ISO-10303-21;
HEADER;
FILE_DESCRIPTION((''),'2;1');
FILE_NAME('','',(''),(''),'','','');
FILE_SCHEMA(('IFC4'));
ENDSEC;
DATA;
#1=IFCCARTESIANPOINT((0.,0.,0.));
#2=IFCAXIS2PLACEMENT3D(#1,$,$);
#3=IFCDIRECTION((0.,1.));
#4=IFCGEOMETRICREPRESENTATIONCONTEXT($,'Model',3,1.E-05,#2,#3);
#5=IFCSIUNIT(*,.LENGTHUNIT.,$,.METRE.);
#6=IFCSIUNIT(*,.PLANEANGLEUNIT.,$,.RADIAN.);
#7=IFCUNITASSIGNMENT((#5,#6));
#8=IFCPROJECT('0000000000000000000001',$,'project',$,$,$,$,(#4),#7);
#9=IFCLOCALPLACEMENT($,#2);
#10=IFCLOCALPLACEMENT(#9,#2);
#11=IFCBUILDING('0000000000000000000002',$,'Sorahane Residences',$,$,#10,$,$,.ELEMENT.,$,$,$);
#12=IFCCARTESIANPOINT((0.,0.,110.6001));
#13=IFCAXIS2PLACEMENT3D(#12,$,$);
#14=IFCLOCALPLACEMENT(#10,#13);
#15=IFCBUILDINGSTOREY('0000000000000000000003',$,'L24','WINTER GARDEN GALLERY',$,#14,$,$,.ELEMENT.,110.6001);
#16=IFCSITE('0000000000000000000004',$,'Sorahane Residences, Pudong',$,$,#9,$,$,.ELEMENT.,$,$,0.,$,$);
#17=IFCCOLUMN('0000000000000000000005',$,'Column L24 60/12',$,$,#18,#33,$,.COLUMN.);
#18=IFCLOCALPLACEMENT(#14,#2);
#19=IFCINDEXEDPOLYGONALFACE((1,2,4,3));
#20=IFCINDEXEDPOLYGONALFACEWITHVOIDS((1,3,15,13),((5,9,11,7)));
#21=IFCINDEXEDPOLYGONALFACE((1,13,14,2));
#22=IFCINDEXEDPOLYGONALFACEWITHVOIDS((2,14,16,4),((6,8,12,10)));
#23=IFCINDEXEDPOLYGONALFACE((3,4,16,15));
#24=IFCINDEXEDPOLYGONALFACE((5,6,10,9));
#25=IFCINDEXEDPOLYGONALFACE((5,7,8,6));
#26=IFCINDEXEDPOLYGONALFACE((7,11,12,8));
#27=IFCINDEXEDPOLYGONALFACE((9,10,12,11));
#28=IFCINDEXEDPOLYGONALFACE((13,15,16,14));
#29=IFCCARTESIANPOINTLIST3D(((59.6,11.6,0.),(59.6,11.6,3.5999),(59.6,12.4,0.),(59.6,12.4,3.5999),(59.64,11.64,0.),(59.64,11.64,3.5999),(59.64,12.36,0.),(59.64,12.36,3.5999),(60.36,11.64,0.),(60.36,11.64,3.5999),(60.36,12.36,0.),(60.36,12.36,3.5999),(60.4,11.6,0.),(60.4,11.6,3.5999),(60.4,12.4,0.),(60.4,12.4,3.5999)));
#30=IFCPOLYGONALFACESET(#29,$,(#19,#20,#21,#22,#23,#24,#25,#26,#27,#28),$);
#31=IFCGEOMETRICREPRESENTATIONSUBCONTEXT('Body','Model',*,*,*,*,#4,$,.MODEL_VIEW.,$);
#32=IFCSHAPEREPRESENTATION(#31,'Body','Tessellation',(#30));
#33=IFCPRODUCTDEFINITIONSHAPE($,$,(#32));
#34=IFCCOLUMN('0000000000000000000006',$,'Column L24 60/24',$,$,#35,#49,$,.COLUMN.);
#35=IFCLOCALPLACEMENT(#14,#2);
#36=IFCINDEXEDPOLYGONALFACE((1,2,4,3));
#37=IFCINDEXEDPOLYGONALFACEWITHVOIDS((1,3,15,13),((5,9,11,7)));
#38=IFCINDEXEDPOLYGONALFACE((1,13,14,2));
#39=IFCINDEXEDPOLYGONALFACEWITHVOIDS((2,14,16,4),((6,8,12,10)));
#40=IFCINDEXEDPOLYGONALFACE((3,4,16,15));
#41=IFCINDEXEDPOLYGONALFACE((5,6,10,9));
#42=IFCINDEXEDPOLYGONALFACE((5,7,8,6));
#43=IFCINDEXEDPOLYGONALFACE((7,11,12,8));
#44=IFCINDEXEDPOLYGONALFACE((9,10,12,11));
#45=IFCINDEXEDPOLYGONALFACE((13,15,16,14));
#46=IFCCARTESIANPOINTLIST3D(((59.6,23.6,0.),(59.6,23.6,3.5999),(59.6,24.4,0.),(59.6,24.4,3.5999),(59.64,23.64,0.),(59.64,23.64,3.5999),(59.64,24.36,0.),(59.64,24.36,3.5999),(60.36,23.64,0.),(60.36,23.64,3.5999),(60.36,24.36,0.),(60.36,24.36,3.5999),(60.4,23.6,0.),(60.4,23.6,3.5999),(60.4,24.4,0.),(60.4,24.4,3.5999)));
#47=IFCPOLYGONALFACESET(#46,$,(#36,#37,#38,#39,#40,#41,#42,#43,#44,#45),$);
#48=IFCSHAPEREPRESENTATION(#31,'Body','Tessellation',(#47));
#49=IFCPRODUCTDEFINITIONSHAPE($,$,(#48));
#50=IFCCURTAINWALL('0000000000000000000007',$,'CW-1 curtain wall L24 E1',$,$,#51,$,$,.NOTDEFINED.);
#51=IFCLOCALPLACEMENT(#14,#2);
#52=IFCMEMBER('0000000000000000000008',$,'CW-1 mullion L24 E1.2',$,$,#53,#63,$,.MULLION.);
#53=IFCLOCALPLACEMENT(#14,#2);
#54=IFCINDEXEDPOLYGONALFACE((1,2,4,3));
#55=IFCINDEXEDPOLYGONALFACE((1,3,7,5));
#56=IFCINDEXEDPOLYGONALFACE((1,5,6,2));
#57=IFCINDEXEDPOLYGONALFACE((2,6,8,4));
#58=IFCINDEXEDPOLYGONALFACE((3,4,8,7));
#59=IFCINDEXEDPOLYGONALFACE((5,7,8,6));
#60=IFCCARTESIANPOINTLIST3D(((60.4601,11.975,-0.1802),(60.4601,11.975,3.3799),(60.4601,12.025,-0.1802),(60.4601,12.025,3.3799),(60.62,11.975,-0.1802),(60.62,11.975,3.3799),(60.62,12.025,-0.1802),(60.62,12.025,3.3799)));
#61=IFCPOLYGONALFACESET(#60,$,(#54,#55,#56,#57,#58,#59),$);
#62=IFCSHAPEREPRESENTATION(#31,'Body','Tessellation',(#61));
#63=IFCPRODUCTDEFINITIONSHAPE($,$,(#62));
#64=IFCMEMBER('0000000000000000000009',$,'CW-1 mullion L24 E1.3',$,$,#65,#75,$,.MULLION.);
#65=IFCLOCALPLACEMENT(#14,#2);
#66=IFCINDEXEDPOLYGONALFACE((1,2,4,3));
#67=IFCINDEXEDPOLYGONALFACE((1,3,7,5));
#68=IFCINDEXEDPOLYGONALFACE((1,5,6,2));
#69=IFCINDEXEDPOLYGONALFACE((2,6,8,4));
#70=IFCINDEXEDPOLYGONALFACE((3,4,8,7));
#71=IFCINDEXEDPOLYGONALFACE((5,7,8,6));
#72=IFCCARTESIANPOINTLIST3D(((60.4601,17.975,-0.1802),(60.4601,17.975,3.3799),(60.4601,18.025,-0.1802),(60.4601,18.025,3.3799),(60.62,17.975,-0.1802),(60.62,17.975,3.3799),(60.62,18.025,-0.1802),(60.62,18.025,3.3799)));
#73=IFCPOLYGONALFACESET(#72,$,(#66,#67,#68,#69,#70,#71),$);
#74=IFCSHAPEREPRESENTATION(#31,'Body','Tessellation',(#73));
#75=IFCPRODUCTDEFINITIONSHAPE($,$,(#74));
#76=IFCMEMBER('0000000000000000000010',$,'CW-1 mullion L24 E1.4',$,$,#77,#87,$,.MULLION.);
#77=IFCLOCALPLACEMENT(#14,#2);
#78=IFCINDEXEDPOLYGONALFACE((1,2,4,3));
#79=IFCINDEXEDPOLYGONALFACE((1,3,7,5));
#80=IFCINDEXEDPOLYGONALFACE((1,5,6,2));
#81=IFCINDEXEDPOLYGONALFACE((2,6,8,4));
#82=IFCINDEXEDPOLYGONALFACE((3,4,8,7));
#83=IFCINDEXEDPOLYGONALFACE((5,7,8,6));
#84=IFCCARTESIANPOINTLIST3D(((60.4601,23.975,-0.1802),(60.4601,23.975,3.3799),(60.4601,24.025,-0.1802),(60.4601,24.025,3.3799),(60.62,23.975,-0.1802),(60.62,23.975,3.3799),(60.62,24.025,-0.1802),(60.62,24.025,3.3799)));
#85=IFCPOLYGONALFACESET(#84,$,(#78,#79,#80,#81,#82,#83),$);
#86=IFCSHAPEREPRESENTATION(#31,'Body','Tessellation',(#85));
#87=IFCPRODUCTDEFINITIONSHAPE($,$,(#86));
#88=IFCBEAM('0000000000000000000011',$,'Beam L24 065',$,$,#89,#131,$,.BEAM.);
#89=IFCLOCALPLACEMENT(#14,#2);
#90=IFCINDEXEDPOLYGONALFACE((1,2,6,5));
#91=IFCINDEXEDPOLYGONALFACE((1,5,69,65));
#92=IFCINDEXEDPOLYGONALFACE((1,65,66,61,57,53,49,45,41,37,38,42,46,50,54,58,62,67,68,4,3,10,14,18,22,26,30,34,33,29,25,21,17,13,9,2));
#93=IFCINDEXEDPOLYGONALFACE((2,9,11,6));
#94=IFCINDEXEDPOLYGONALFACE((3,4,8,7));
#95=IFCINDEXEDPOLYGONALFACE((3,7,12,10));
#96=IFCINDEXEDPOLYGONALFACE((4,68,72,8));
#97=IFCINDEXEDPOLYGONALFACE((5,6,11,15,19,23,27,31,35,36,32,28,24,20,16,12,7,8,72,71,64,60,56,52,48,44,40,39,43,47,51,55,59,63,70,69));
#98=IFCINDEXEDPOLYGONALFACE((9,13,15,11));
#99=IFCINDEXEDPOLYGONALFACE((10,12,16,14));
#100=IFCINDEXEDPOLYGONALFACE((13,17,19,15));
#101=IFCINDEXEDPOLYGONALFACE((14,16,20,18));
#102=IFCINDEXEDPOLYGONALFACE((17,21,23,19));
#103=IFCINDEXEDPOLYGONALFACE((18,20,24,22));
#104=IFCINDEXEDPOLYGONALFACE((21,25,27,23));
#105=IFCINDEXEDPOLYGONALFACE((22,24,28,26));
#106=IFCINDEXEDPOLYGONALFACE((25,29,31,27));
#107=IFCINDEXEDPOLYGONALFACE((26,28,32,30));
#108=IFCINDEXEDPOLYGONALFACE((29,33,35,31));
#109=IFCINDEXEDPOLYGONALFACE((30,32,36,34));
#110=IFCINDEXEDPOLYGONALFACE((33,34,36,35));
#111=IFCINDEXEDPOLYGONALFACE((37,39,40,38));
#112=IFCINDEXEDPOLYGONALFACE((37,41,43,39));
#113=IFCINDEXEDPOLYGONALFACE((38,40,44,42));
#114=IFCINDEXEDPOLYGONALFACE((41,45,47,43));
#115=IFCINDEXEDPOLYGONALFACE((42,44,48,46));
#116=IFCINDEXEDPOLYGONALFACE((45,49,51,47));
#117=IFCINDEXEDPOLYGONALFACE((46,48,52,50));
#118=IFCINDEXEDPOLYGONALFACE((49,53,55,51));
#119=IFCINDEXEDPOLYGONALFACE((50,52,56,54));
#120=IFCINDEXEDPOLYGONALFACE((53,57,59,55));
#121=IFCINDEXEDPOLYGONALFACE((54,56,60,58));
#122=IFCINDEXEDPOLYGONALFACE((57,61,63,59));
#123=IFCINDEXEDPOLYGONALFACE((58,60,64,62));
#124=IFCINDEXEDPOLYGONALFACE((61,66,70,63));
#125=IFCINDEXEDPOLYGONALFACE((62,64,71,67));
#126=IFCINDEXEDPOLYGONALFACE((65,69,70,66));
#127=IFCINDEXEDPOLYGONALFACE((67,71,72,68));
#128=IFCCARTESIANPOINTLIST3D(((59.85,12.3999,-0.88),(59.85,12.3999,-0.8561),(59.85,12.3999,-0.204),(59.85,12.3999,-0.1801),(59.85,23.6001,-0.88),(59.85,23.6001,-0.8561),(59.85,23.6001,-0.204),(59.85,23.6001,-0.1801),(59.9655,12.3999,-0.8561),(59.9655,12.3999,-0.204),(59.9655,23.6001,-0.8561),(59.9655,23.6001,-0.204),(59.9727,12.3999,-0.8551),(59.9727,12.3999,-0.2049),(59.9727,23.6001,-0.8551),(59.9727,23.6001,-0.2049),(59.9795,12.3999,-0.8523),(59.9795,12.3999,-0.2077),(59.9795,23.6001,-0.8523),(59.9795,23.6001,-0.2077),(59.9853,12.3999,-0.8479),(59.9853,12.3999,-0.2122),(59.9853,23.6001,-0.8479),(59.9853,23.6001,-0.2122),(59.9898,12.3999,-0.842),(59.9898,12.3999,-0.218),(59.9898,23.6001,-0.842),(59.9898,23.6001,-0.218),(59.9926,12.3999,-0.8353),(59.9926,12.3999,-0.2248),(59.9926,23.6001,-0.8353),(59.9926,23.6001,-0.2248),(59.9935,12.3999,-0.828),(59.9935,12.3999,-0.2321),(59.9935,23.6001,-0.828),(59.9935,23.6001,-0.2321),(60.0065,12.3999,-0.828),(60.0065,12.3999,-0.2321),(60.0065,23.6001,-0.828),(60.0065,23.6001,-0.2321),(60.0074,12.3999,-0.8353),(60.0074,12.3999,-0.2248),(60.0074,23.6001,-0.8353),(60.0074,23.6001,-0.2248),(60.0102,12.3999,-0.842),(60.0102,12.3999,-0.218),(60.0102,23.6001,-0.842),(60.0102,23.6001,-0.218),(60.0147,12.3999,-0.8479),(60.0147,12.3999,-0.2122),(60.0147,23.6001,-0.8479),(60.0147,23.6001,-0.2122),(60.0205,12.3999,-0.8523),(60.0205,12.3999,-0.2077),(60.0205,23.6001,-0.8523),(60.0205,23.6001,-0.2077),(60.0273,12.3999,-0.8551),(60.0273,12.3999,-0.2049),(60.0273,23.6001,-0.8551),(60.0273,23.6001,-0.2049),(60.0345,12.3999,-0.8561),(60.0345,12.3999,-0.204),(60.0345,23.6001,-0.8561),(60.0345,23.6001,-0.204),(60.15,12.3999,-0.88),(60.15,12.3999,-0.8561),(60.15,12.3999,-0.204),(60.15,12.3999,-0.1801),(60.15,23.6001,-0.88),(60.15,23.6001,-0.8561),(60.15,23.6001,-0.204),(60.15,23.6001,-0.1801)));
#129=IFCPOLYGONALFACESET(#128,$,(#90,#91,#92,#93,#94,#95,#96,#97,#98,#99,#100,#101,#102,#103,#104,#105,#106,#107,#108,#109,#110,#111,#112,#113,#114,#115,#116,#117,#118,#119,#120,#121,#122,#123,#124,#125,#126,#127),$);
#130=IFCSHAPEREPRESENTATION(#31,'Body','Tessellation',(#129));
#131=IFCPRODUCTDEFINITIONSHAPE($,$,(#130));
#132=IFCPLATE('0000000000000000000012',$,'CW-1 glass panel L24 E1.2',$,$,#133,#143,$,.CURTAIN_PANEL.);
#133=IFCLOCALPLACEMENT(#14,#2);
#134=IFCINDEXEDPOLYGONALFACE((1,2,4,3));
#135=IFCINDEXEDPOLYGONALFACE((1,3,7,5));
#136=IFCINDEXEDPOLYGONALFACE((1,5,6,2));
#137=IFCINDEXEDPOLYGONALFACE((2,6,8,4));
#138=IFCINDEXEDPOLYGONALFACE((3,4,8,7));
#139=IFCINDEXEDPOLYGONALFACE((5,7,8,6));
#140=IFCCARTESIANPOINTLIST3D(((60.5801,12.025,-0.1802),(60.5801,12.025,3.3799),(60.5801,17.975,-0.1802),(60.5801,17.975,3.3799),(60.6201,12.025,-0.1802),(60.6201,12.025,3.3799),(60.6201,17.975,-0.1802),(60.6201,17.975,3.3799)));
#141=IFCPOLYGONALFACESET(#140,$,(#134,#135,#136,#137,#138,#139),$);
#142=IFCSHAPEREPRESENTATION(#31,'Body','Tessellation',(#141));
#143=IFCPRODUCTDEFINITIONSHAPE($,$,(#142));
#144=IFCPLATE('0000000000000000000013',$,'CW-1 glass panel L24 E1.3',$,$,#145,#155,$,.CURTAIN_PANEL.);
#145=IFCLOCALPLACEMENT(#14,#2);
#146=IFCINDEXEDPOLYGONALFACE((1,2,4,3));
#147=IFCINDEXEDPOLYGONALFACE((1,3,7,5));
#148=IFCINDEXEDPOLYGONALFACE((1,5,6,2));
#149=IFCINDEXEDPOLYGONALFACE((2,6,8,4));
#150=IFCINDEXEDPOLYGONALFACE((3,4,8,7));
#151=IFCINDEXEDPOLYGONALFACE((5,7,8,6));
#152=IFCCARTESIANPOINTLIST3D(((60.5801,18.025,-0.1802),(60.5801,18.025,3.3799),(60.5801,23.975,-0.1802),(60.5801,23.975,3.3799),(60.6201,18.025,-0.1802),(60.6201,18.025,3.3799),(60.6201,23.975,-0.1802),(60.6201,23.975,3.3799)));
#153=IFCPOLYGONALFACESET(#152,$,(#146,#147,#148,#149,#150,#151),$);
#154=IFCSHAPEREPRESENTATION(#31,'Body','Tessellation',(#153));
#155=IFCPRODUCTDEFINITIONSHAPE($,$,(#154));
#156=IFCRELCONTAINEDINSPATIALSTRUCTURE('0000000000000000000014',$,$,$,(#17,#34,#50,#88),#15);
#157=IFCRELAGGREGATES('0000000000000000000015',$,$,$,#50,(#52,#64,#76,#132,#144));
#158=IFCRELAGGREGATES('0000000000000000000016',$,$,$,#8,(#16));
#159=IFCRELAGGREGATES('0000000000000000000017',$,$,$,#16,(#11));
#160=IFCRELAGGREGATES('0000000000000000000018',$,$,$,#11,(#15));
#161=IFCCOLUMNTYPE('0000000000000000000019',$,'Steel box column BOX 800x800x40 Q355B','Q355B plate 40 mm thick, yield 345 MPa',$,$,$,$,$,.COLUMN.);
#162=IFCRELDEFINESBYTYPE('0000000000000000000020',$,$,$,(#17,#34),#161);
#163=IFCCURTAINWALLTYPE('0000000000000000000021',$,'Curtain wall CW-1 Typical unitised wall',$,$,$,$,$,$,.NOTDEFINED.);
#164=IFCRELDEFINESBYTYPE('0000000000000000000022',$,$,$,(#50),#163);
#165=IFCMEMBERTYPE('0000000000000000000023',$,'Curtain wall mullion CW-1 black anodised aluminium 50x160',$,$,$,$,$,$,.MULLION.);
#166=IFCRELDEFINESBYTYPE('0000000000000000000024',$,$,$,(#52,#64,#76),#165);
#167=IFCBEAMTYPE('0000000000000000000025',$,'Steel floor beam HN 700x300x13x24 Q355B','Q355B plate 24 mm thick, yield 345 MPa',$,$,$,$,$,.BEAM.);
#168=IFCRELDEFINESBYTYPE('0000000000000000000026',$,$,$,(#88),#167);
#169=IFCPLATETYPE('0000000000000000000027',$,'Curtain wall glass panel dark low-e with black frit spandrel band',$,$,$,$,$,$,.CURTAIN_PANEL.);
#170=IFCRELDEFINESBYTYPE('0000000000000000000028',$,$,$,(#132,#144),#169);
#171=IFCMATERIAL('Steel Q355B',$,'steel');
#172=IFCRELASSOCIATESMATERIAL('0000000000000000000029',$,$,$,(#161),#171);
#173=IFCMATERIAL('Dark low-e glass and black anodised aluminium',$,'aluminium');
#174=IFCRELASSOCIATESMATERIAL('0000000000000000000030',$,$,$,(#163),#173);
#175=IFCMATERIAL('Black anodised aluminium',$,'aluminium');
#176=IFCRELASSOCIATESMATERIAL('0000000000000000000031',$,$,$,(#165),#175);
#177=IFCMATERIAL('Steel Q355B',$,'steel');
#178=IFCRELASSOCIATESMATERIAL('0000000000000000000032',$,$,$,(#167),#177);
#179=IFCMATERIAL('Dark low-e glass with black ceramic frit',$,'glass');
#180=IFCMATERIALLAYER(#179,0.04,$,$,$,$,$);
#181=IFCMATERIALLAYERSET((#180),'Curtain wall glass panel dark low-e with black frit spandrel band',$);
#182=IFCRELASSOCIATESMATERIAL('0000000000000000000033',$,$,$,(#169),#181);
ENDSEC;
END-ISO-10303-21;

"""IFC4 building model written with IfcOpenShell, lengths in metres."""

from ifc_helpers import new_model, si_unit, direction, frame, origin, origin_2d, place, context, subcontext, project, spatial, rectangle, hollow_rectangle, i_section, extrude, material, layer, layer_set, material_profile, profile_set, type_object, element, aggregate, save


model = new_model("IFC4")

# Units and contexts
model_context = context("Model", 3, precision=1e-05, world=origin(), true_north=direction((0.0, 1.0)))
body_context = subcontext(model_context, "Body", "Model", "MODEL_VIEW")
ifc_project = project(units=[si_unit("LENGTHUNIT", "METRE"), si_unit("PLANEANGLEUNIT", "RADIAN")], contexts=[model_context])

# Site, building, storey
site_placement = place(None, origin())
site = spatial("IfcSite", under=ifc_project, at=site_placement, Name="Sorahane Residences, Pudong", CompositionType="ELEMENT", RefElevation=0.0)
building_placement = place(site_placement, origin())
building = spatial("IfcBuilding", under=site, at=building_placement, Name="Sorahane Residences", CompositionType="ELEMENT")
storey_placement = place(building_placement, frame((0.0, 0.0, 110.6001)))
storey = spatial("IfcBuildingStorey", under=building, at=storey_placement, Name="L24", Description="WINTER GARDEN GALLERY", CompositionType="ELEMENT", Elevation=110.6001)

# Columns
ifc_material_1 = material(Name="Steel Q355B", Category="steel")
ifc_material_profile_1 = material_profile(ifc_material_1, hollow_rectangle(XDim=0.8, YDim=0.8, WallThickness=0.04, at=origin_2d()), Name="BOX 800x800x40")
ifc_profile_set_1 = profile_set([ifc_material_profile_1], Name="Steel Q355B")
column_type = type_object("IfcColumnType", Name="Steel box column BOX 800x800x40 Q355B", Description="Q355B plate 40 mm thick, yield 345 MPa", PredefinedType="COLUMN", material=ifc_profile_set_1)
for number, where, z_axis, x_axis, name in (
    (1, (60.0, 12.0, 0.0), (0.0, 0.0, 1.0), (1.0, 0.0, 0.0), "Column L24 60/12"),
    (2, (60.0, 24.0, 0.0), (0.0, 0.0, 1.0), (1.0, 0.0, 0.0), "Column L24 60/24"),
):
    element("IfcColumn", number, at=place(storey_placement, frame(where, z_axis=z_axis, x_axis=x_axis)), inside=storey, type_object=column_type, Name=name, PredefinedType="COLUMN", context=body_context, shape_type="SweptSolid", body=[
        extrude(hollow_rectangle(XDim=0.8, YDim=0.8, WallThickness=0.04, at=origin_2d()), origin(), (0.0, 0.0, 1.0), 3.5999),
    ])

# Curtain wall, members
ifc_material_2 = material(Name="Dark low-e glass and black anodised aluminium", Category="aluminium")
curtain_wall_type = type_object("IfcCurtainWallType", Name="Curtain wall CW-1 Typical unitised wall", PredefinedType="NOTDEFINED", material=ifc_material_2)
curtain_wall_placement = place(storey_placement, origin())
curtain_wall = element("IfcCurtainWall", 3, at=curtain_wall_placement, inside=storey, type_object=curtain_wall_type, Name="CW-1 curtain wall L24 E1", PredefinedType="NOTDEFINED")
ifc_material_3 = material(Name="Black anodised aluminium", Category="aluminium")
ifc_material_profile_2 = material_profile(ifc_material_3, rectangle(XDim=0.1599, YDim=0.05, at=origin_2d()), Name="Curtain wall mullion CW-1 black anodised aluminium 50x160")
ifc_profile_set_2 = profile_set([ifc_material_profile_2], Name="Black anodised aluminium")
member_type = type_object("IfcMemberType", Name="Curtain wall mullion CW-1 black anodised aluminium 50x160", PredefinedType="MULLION", material=ifc_profile_set_2)
member_1_placement = place(storey_placement, frame((60.54, 12.0, -0.1802), z_axis=(0.0, 0.0, 1.0), x_axis=(1.0, 0.0, 0.0)))
member_1 = element("IfcMember", 4, at=member_1_placement, type_object=member_type, Name="CW-1 mullion L24 E1.2", PredefinedType="MULLION", context=body_context, shape_type="SweptSolid", body=[
    extrude(rectangle(XDim=0.1599, YDim=0.05, at=origin_2d()), origin(), (0.0, 0.0, 1.0), 3.5601),
])
member_2_placement = place(storey_placement, frame((60.54, 18.0, -0.1802), z_axis=(0.0, 0.0, 1.0), x_axis=(1.0, 0.0, 0.0)))
member_2 = element("IfcMember", 5, at=member_2_placement, type_object=member_type, Name="CW-1 mullion L24 E1.3", PredefinedType="MULLION", context=body_context, shape_type="SweptSolid", body=[
    extrude(rectangle(XDim=0.1599, YDim=0.05, at=origin_2d()), origin(), (0.0, 0.0, 1.0), 3.5601),
])
member_3_placement = place(storey_placement, frame((60.54, 24.0, -0.1802), z_axis=(0.0, 0.0, 1.0), x_axis=(1.0, 0.0, 0.0)))
member_3 = element("IfcMember", 6, at=member_3_placement, type_object=member_type, Name="CW-1 mullion L24 E1.4", PredefinedType="MULLION", context=body_context, shape_type="SweptSolid", body=[
    extrude(rectangle(XDim=0.1599, YDim=0.05, at=origin_2d()), origin(), (0.0, 0.0, 1.0), 3.5601),
])

# Beam
ifc_material_4 = material(Name="Steel Q355B", Category="steel")
ifc_material_profile_3 = material_profile(ifc_material_4, i_section(OverallWidth=0.3, OverallDepth=0.7, WebThickness=0.0129, FlangeThickness=0.0239, FilletRadius=0.0281, at=origin_2d()), Name="HN 700x300x13x24")
ifc_profile_set_3 = profile_set([ifc_material_profile_3], Name="Steel Q355B")
beam_type = type_object("IfcBeamType", Name="Steel floor beam HN 700x300x13x24 Q355B", Description="Q355B plate 24 mm thick, yield 345 MPa", PredefinedType="BEAM", material=ifc_profile_set_3)
beam_placement = place(storey_placement, frame((60.0, 12.3999, -0.53), z_axis=(0.0, 1.0, 0.0), x_axis=(-1.0, 0.0, 0.0)))
element("IfcBeam", 7, at=beam_placement, inside=storey, type_object=beam_type, Name="Beam L24 065", PredefinedType="BEAM", context=body_context, shape_type="SweptSolid", body=[
    extrude(i_section(OverallWidth=0.3, OverallDepth=0.7, WebThickness=0.0129, FlangeThickness=0.0239, FilletRadius=0.0281, at=origin_2d()), origin(), (0.0, 0.0, 1.0), 11.2002),
])

# Plates
ifc_material_5 = material(Name="Dark low-e glass with black ceramic frit", Category="glass")
ifc_layer_1 = layer(ifc_material_5, 0.04)
ifc_layer_set_1 = layer_set([ifc_layer_1], Name="Curtain wall glass panel dark low-e with black frit spandrel band")
plate_type = type_object("IfcPlateType", Name="Curtain wall glass panel dark low-e with black frit spandrel band", PredefinedType="CURTAIN_PANEL", material=ifc_layer_set_1)
plate_1_placement = place(storey_placement, frame((60.6001, 15.0, -0.1802), z_axis=(0.0, 0.0, 1.0), x_axis=(0.0, 1.0, 0.0)))
plate_1 = element("IfcPlate", 8, at=plate_1_placement, type_object=plate_type, Name="CW-1 glass panel L24 E1.2", PredefinedType="CURTAIN_PANEL", context=body_context, shape_type="SweptSolid", body=[
    extrude(rectangle(XDim=5.95, YDim=0.04, at=origin_2d()), origin(), (0.0, 0.0, 1.0), 3.5601),
])
plate_2_placement = place(storey_placement, frame((60.6001, 21.0, -0.1802), z_axis=(0.0, 0.0, 1.0), x_axis=(0.0, 1.0, 0.0)))
plate_2 = element("IfcPlate", 9, at=plate_2_placement, type_object=plate_type, Name="CW-1 glass panel L24 E1.3", PredefinedType="CURTAIN_PANEL", context=body_context, shape_type="SweptSolid", body=[
    extrude(rectangle(XDim=5.95, YDim=0.04, at=origin_2d()), origin(), (0.0, 0.0, 1.0), 3.5601),
])
aggregate(curtain_wall, [member_1, member_2, member_3, plate_1, plate_2])

save(model, "model.ifc")
